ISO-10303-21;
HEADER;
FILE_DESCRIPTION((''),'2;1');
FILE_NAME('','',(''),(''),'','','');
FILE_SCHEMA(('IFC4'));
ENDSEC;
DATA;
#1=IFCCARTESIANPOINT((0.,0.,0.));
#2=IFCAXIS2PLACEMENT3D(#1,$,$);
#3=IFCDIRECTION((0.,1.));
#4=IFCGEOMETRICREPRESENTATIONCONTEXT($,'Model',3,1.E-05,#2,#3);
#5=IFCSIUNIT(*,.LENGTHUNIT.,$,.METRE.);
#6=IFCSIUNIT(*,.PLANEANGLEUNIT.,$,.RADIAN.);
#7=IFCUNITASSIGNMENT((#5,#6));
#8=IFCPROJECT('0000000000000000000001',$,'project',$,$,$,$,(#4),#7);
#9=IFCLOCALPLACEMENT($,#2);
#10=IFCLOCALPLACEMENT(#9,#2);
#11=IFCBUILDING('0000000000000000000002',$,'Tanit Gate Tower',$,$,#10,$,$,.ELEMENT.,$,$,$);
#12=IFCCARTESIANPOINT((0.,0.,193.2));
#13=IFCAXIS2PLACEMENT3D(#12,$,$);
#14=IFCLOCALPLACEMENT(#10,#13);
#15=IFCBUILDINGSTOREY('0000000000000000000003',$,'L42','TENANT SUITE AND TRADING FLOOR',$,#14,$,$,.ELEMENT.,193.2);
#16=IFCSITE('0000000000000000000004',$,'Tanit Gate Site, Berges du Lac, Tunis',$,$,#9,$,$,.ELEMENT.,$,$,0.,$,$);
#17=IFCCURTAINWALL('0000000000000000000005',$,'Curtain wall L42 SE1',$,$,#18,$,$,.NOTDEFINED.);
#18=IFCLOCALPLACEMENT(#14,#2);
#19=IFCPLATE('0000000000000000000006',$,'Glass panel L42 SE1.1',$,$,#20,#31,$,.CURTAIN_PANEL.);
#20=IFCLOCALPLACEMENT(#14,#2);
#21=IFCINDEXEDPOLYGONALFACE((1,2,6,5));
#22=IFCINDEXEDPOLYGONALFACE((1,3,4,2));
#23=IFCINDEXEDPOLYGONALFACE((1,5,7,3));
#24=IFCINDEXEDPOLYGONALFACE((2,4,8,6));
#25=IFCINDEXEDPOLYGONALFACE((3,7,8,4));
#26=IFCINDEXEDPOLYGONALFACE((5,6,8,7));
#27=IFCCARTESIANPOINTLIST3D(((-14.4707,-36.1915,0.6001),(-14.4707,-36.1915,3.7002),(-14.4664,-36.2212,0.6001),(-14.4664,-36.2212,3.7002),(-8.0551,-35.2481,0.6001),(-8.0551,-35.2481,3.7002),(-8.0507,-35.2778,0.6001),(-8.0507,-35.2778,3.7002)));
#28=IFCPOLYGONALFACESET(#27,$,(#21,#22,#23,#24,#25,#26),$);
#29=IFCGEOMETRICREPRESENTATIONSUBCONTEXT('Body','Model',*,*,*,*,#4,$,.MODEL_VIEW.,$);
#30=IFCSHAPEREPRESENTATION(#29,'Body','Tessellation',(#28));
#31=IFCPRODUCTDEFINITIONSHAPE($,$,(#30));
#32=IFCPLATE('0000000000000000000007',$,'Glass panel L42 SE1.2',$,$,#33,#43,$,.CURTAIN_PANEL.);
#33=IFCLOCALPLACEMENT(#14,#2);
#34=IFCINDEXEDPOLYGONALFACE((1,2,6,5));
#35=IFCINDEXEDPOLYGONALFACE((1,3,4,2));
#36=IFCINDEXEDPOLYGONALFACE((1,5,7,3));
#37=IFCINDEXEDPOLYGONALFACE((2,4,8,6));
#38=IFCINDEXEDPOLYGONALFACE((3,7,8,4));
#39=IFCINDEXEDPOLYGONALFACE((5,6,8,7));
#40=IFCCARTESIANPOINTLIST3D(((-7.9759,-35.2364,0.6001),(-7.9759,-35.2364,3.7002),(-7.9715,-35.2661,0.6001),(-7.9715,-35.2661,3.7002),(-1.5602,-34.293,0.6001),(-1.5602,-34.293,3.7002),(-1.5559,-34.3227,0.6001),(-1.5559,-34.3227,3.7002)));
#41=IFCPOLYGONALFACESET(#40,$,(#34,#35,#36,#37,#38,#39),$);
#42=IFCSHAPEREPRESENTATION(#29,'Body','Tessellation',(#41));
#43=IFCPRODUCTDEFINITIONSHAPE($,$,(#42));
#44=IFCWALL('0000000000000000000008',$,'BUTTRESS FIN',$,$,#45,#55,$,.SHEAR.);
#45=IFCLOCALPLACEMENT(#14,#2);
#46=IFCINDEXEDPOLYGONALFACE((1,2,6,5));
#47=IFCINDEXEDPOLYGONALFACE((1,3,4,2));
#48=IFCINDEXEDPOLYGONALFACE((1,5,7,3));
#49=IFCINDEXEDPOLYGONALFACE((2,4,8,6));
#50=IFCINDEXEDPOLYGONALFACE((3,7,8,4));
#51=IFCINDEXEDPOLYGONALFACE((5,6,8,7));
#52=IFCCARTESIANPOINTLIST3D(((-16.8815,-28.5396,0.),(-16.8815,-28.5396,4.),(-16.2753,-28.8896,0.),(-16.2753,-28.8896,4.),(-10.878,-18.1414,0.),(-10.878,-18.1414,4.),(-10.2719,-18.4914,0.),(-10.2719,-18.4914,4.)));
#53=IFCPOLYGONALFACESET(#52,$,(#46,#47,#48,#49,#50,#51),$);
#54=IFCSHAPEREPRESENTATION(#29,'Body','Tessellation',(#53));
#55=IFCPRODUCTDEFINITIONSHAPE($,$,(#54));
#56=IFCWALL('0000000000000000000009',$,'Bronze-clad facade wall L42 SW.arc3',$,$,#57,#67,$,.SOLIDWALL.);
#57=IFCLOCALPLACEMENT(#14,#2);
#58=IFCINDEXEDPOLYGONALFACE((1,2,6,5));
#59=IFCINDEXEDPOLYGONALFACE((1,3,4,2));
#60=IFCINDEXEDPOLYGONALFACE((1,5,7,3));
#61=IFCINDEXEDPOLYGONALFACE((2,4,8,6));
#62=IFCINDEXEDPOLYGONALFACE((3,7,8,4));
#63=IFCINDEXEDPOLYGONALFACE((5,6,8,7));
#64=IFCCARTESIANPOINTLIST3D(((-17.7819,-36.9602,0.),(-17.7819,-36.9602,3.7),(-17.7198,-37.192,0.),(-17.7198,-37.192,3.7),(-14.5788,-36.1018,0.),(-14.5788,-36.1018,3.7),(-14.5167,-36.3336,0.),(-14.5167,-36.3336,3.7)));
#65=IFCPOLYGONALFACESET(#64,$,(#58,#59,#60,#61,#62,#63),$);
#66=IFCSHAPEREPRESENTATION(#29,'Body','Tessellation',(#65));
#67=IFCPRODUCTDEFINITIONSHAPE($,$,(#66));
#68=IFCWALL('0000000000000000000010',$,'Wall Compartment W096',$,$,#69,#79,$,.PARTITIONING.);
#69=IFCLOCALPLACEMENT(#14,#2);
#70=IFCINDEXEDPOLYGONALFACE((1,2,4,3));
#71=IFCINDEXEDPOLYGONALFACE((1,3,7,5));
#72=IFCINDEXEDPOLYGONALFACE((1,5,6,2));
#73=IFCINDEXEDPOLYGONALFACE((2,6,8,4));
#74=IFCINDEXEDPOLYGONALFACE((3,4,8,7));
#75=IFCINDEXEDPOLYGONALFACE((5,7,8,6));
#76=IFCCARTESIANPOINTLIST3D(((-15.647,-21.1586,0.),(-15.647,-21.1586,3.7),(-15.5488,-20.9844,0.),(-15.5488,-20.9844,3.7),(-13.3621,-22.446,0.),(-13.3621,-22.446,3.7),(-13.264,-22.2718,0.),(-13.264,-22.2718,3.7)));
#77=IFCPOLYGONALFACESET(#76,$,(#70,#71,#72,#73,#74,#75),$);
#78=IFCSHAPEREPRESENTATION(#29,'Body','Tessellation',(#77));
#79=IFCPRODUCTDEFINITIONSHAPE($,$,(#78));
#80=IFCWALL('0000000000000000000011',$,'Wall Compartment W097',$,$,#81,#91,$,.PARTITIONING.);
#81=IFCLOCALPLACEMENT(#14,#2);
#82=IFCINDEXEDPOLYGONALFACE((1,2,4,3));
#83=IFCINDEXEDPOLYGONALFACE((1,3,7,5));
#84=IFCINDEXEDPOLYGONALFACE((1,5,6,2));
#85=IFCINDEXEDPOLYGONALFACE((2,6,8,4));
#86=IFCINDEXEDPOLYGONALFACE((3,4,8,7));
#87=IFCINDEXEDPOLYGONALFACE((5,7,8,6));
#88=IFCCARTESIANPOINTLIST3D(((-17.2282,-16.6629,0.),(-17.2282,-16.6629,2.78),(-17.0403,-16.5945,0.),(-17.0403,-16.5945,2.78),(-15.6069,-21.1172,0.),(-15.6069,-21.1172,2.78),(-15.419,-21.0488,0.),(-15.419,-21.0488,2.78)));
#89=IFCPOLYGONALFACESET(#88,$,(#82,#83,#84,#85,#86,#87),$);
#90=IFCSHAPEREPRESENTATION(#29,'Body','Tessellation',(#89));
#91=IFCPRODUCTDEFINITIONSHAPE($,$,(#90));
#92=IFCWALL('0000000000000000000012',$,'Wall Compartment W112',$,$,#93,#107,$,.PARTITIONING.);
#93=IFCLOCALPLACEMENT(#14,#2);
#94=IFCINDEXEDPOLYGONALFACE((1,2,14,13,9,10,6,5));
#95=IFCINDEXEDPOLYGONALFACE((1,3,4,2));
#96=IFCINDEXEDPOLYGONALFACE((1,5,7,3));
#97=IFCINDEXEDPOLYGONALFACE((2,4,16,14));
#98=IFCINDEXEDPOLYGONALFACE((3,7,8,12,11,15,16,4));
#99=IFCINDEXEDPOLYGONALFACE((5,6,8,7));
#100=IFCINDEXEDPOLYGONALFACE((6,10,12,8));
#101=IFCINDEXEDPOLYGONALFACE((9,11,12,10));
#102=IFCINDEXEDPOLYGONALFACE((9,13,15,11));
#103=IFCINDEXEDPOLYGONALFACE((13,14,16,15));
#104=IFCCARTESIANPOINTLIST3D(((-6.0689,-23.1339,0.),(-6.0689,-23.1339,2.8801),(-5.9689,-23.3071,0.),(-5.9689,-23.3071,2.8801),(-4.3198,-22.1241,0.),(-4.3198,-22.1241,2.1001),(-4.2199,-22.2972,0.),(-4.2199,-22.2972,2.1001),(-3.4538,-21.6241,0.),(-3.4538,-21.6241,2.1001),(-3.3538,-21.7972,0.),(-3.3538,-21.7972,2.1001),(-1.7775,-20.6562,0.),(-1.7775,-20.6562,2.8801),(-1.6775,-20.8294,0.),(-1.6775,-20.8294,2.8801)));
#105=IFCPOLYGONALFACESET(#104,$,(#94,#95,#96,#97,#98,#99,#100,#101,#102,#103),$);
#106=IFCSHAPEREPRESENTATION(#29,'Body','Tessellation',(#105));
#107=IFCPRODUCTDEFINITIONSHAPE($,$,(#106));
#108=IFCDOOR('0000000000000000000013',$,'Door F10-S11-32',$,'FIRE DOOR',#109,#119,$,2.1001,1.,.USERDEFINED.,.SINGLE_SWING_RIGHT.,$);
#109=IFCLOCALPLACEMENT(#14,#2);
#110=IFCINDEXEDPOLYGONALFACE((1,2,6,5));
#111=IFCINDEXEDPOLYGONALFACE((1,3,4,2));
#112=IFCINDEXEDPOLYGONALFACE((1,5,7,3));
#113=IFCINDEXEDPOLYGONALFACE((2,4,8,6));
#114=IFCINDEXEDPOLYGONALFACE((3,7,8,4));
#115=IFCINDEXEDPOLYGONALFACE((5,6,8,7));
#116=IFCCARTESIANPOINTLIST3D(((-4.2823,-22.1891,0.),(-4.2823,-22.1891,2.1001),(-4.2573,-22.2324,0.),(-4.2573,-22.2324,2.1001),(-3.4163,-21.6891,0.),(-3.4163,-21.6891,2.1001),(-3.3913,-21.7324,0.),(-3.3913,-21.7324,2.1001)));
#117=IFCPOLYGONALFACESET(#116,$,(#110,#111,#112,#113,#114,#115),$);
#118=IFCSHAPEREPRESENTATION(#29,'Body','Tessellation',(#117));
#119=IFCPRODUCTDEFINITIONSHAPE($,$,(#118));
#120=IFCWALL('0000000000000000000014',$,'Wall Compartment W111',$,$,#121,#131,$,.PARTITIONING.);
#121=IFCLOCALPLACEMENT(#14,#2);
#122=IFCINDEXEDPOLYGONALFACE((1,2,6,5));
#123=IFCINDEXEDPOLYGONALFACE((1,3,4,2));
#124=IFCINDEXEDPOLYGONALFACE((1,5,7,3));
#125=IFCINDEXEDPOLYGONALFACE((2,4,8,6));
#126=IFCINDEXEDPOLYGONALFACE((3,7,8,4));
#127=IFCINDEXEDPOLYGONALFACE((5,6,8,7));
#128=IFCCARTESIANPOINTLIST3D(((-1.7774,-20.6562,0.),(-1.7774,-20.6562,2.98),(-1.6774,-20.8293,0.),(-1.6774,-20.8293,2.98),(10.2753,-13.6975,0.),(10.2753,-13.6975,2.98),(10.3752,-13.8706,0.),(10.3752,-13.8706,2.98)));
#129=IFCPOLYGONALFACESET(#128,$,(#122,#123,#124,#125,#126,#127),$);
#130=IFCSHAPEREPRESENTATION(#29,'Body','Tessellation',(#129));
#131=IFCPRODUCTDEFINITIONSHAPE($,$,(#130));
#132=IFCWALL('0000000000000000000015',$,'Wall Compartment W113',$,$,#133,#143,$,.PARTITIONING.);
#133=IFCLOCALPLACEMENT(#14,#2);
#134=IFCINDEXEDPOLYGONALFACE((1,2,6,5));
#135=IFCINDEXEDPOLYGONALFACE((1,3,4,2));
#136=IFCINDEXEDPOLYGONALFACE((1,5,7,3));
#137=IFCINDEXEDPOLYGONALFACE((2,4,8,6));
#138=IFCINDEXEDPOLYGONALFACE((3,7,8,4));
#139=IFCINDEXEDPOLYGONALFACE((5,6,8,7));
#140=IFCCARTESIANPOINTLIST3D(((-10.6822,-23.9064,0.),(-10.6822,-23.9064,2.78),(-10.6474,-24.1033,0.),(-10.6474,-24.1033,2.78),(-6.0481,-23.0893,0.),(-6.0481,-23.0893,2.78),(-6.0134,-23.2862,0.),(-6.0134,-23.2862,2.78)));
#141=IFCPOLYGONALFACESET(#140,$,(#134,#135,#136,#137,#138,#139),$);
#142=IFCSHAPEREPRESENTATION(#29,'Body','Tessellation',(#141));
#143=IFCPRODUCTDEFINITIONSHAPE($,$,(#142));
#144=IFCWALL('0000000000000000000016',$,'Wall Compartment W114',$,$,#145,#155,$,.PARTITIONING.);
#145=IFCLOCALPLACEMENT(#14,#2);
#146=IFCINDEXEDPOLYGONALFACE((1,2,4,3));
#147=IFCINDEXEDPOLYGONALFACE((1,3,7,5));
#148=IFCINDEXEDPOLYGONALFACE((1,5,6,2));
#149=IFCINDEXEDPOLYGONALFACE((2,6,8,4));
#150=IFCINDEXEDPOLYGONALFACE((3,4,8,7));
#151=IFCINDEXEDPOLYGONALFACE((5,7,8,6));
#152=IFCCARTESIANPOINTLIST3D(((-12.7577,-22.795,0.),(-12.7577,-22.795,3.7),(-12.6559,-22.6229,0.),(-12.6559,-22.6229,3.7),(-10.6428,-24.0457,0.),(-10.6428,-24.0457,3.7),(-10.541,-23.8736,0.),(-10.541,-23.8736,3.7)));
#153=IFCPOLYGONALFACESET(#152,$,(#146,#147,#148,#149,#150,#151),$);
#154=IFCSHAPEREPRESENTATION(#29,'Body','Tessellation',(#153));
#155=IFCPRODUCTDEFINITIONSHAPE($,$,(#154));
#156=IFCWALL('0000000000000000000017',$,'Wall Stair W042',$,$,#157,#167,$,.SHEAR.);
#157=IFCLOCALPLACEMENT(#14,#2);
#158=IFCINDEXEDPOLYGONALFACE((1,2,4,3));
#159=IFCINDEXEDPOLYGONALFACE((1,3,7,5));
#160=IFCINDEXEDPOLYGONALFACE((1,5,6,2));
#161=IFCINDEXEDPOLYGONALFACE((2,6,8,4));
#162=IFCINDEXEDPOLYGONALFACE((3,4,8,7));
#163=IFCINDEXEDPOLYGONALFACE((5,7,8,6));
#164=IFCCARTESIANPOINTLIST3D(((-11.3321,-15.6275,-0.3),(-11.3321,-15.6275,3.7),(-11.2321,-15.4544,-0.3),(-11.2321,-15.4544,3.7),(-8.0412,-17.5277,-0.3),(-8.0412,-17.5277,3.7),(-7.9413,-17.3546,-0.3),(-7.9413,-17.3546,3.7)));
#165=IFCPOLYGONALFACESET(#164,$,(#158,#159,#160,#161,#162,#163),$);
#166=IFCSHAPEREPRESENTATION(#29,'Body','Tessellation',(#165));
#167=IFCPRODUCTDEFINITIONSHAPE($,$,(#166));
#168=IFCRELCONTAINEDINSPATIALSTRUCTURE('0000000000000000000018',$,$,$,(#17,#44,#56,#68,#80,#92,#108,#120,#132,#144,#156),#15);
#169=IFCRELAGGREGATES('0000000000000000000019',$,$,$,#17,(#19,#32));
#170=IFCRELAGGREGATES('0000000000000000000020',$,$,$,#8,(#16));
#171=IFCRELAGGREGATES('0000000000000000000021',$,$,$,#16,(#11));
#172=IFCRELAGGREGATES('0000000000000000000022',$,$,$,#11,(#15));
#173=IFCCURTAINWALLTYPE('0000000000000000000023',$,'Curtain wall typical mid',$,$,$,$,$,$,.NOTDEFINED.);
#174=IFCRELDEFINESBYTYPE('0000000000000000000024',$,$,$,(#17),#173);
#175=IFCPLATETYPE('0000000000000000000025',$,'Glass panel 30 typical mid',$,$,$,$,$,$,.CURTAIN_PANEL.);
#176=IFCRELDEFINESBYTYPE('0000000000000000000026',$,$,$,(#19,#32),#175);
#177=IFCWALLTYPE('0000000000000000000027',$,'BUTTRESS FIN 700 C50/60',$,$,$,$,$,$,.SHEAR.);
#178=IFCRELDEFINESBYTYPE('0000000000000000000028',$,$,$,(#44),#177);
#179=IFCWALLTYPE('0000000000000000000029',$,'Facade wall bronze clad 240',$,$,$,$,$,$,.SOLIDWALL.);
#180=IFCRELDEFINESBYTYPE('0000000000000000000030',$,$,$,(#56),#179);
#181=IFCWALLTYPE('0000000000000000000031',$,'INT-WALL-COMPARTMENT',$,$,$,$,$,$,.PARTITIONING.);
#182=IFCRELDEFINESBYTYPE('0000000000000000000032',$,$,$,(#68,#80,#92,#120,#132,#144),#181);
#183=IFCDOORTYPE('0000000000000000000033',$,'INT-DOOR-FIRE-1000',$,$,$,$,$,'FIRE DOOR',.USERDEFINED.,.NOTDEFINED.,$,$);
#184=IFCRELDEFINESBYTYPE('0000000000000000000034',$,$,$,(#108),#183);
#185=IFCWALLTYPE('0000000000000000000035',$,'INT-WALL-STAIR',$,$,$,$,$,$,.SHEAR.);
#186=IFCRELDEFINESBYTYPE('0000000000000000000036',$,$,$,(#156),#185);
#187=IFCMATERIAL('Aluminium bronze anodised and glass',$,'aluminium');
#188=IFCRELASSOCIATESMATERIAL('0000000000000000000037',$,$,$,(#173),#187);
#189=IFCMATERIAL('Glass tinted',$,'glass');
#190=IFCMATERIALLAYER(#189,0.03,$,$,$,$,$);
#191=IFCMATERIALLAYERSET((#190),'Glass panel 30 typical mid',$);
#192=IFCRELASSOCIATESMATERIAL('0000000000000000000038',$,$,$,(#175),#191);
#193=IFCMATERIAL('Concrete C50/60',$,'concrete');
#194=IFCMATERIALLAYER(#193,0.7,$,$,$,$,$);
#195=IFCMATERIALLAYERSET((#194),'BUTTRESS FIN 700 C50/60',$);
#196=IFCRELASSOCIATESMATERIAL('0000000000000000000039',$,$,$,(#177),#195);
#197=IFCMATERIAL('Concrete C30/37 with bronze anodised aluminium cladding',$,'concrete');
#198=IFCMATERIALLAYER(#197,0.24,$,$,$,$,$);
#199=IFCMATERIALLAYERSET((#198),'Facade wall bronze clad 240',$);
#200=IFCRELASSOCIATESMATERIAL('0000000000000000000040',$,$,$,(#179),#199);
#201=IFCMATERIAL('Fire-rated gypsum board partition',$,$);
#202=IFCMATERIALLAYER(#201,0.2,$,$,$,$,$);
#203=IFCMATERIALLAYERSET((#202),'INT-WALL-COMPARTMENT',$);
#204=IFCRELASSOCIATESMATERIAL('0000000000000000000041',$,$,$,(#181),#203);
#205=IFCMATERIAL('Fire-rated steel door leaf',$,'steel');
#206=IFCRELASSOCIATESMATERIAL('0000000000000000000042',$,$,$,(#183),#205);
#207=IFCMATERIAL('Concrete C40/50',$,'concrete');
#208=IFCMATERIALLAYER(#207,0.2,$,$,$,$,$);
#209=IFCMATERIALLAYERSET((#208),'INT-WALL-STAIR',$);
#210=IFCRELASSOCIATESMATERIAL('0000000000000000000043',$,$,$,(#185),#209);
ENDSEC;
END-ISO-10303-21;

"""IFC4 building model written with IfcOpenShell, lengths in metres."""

from ifc_helpers import new_model, si_unit, direction, frame, frame_2d, origin, origin_2d, place, context, subcontext, project, spatial, rectangle, extrude, material, layer, layer_set, type_object, element, fill, aggregate, save


model = new_model("IFC4")

# Units and contexts
model_context = context("Model", 3, precision=1e-05, world=origin(), true_north=direction((0.0, 1.0)))
body_context = subcontext(model_context, "Body", "Model", "MODEL_VIEW")
ifc_project = project(units=[si_unit("LENGTHUNIT", "METRE"), si_unit("PLANEANGLEUNIT", "RADIAN")], contexts=[model_context])

# Site, building, storey
site_placement = place(None, origin())
site = spatial("IfcSite", under=ifc_project, at=site_placement, Name="Tanit Gate Site, Berges du Lac, Tunis", CompositionType="ELEMENT", RefElevation=0.0)
building_placement = place(site_placement, origin())
building = spatial("IfcBuilding", under=site, at=building_placement, Name="Tanit Gate Tower", CompositionType="ELEMENT")
storey_placement = place(building_placement, frame((0.0, 0.0, 193.2)))
storey = spatial("IfcBuildingStorey", under=building, at=storey_placement, Name="L42", Description="TENANT SUITE AND TRADING FLOOR", CompositionType="ELEMENT", Elevation=193.2)

# Curtain wall
ifc_material_1 = material(Name="Aluminium bronze anodised and glass", Category="aluminium")
curtain_wall_type = type_object("IfcCurtainWallType", Name="Curtain wall typical mid", PredefinedType="NOTDEFINED", material=ifc_material_1)
curtain_wall_placement = place(storey_placement, origin())
curtain_wall = element("IfcCurtainWall", 1, at=curtain_wall_placement, inside=storey, type_object=curtain_wall_type, Name="Curtain wall L42 SE1", PredefinedType="NOTDEFINED")

# Plates
ifc_material_2 = material(Name="Glass tinted", Category="glass")
ifc_layer_1 = layer(ifc_material_2, 0.03)
ifc_layer_set_1 = layer_set([ifc_layer_1], Name="Glass panel 30 typical mid")
plate_type = type_object("IfcPlateType", Name="Glass panel 30 typical mid", PredefinedType="CURTAIN_PANEL", material=ifc_layer_set_1)
plate_1_placement = place(storey_placement, frame((-11.2607, -35.7346, 0.6001), z_axis=(0.0, 0.0, 1.0), x_axis=(0.98936, 0.145486, 0.0)))
plate_1 = element("IfcPlate", 2, at=plate_1_placement, type_object=plate_type, Name="Glass panel L42 SE1.1", PredefinedType="CURTAIN_PANEL", context=body_context, shape_type="SweptSolid", body=[
    extrude(rectangle(XDim=6.4846, YDim=0.03, at=origin_2d()), origin(), (0.0, 0.0, 1.0), 3.1001),
])
plate_2_placement = place(storey_placement, frame((-4.7659, -34.7795, 0.6001), z_axis=(0.0, 0.0, 1.0), x_axis=(0.98936, 0.145486, 0.0)))
plate_2 = element("IfcPlate", 3, at=plate_2_placement, type_object=plate_type, Name="Glass panel L42 SE1.2", PredefinedType="CURTAIN_PANEL", context=body_context, shape_type="SweptSolid", body=[
    extrude(rectangle(XDim=6.4846, YDim=0.03, at=origin_2d()), origin(), (0.0, 0.0, 1.0), 3.1001),
])
aggregate(curtain_wall, [plate_1, plate_2])

# Wall
ifc_material_3 = material(Name="Concrete C50/60", Category="concrete")
ifc_layer_2 = layer(ifc_material_3, 0.7)
ifc_layer_set_2 = layer_set([ifc_layer_2], Name="BUTTRESS FIN 700 C50/60")
wall_type_1 = type_object("IfcWallType", Name="BUTTRESS FIN 700 C50/60", PredefinedType="SHEAR", material=ifc_layer_set_2)
wall_1_placement = place(storey_placement, frame((-10.575, -18.3164, 0.0), z_axis=(0.0, 0.0, 1.0), x_axis=(-0.500001, -0.866025, 0.0)))
element("IfcWall", 4, at=wall_1_placement, inside=storey, type_object=wall_type_1, Name="BUTTRESS FIN", PredefinedType="SHEAR", context=body_context, shape_type="SweptSolid", body=[
    extrude(rectangle(XDim=12.0068, YDim=0.7, at=frame_2d((6.0034, 0.0))), origin(), (0.0, 0.0, 1.0), 4.0),
])

# Walls
ifc_material_4 = material(Name="Concrete C30/37 with bronze anodised aluminium cladding", Category="concrete")
ifc_layer_3 = layer(ifc_material_4, 0.24)
ifc_layer_set_3 = layer_set([ifc_layer_3], Name="Facade wall bronze clad 240")
wall_type_2 = type_object("IfcWallType", Name="Facade wall bronze clad 240", PredefinedType="SOLIDWALL", material=ifc_layer_set_3)
wall_2_placement = place(storey_placement, frame((-17.751, -37.0762, 0.0), z_axis=(0.0, 0.0, 1.0), x_axis=(0.965917, 0.258854, 0.0)))
element("IfcWall", 5, at=wall_2_placement, inside=storey, type_object=wall_type_2, Name="Bronze-clad facade wall L42 SW.arc3", PredefinedType="SOLIDWALL", context=body_context, shape_type="SweptSolid", body=[
    extrude(rectangle(XDim=3.3162, YDim=0.24, at=frame_2d((1.6582, 0.0))), origin(), (0.0, 0.0, 1.0), 3.7),
])
ifc_material_5 = material(Name="Fire-rated gypsum board partition")
ifc_layer_4 = layer(ifc_material_5, 0.2)
ifc_layer_set_4 = layer_set([ifc_layer_4], Name="INT-WALL-COMPARTMENT")
wall_type_3 = type_object("IfcWallType", Name="INT-WALL-COMPARTMENT", PredefinedType="PARTITIONING", material=ifc_layer_set_4)
wall_3_placement = place(storey_placement, frame((-15.5979, -21.0715, 0.0), z_axis=(0.0, 0.0, 1.0), x_axis=(0.871235, -0.490867, 0.0)))
element("IfcWall", 6, at=wall_3_placement, inside=storey, type_object=wall_type_3, Name="Wall Compartment W096", PredefinedType="PARTITIONING", context=body_context, shape_type="SweptSolid", body=[
    extrude(rectangle(XDim=2.6226, YDim=0.2, at=frame_2d((1.3113, 0.0))), origin(), (0.0, 0.0, 1.0), 3.7),
])
wall_4_placement = place(storey_placement, frame((-17.1343, -16.6287, 0.0), z_axis=(0.0, 0.0, 1.0), x_axis=(0.342037, -0.939687, 0.0)))
element("IfcWall", 7, at=wall_4_placement, inside=storey, type_object=wall_type_3, Name="Wall Compartment W097", PredefinedType="PARTITIONING", context=body_context, shape_type="SweptSolid", body=[
    extrude(rectangle(XDim=4.7402, YDim=0.2, at=frame_2d((2.3701, 0.0))), origin(), (0.0, 0.0, 1.0), 2.78),
])

# Wall, opening, door
wall_5_placement = place(storey_placement, frame((-6.0188, -23.2205, 0.0), z_axis=(0.0, 0.0, 1.0), x_axis=(0.866018, 0.500012, 0.0)))
wall_5 = element("IfcWall", 8, at=wall_5_placement, inside=storey, type_object=wall_type_3, Name="Wall Compartment W112", PredefinedType="PARTITIONING", context=body_context, shape_type="SweptSolid", body=[
    extrude(rectangle(XDim=4.9553, YDim=0.2, at=frame_2d((2.4775, 0.0))), origin(), (0.0, 0.0, 1.0), 2.8801),
])
opening_1_placement = place(wall_5_placement, frame((2.0195, 0.0, 0.0)))
opening_1 = element("IfcOpeningElement", 9, at=opening_1_placement, cuts=wall_5, PredefinedType="OPENING", context=body_context, shape_type="SweptSolid", body=[
    extrude(rectangle(XDim=1.0, YDim=2.1001, at=frame_2d((0.5, 1.05))), frame((0.0, 0.1099, 0.0), z_axis=(0.0, -1.0, 0.0), x_axis=(1.0, 0.0, 0.0)), (0.0, 0.0, 1.0), 0.22),
])
ifc_material_6 = material(Name="Fire-rated steel door leaf", Category="steel")
door_type_1 = type_object("IfcDoorType", Name="INT-DOOR-FIRE-1000", ElementType="FIRE DOOR", OperationType="NOTDEFINED", PredefinedType="USERDEFINED", material=ifc_material_6)
door_1_placement = place(opening_1_placement, origin())
door_1 = element("IfcDoor", 10, at=door_1_placement, inside=storey, type_object=door_type_1, Name="Door F10-S11-32", ObjectType="FIRE DOOR", OperationType="SINGLE_SWING_RIGHT", OverallHeight=2.1001, OverallWidth=1.0, PredefinedType="USERDEFINED", context=body_context, shape_type="SweptSolid", body=[
    extrude(rectangle(XDim=1.0, YDim=2.1001, at=frame_2d((0.5, 1.05))), frame((0.0, 0.0249, 0.0), z_axis=(0.0, -1.0, 0.0), x_axis=(1.0, 0.0, 0.0)), (0.0, 0.0, 1.0), 0.05),
])
fill(opening_1, door_1)

# Walls
wall_6_placement = place(storey_placement, frame((-1.7273, -20.7427, 0.0), z_axis=(0.0, 0.0, 1.0), x_axis=(0.866023, 0.500005, 0.0)))
element("IfcWall", 11, at=wall_6_placement, inside=storey, type_object=wall_type_3, Name="Wall Compartment W111", PredefinedType="PARTITIONING", context=body_context, shape_type="SweptSolid", body=[
    extrude(rectangle(XDim=13.9172, YDim=0.2, at=frame_2d((6.9585, 0.0))), origin(), (0.0, 0.0, 1.0), 2.98),
])
wall_7_placement = place(storey_placement, frame((-10.6648, -24.0049, 0.0), z_axis=(0.0, 0.0, 1.0), x_axis=(0.984807, 0.173655, 0.0)))
element("IfcWall", 12, at=wall_7_placement, inside=storey, type_object=wall_type_3, Name="Wall Compartment W113", PredefinedType="PARTITIONING", context=body_context, shape_type="SweptSolid", body=[
    extrude(rectangle(XDim=4.7056, YDim=0.2, at=frame_2d((2.3528, 0.0))), origin(), (0.0, 0.0, 1.0), 2.78),
])
wall_8_placement = place(storey_placement, frame((-12.7068, -22.709, 0.0), z_axis=(0.0, 0.0, 1.0), x_axis=(0.860754, -0.509021, 0.0)))
element("IfcWall", 13, at=wall_8_placement, inside=storey, type_object=wall_type_3, Name="Wall Compartment W114", PredefinedType="PARTITIONING", context=body_context, shape_type="SweptSolid", body=[
    extrude(rectangle(XDim=2.457, YDim=0.2, at=frame_2d((1.2285, 0.0))), origin(), (0.0, 0.0, 1.0), 3.7),
])
ifc_material_7 = material(Name="Concrete C40/50", Category="concrete")
ifc_layer_5 = layer(ifc_material_7, 0.2)
ifc_layer_set_5 = layer_set([ifc_layer_5], Name="INT-WALL-STAIR")
wall_type_4 = type_object("IfcWallType", Name="INT-WALL-STAIR", PredefinedType="SHEAR", material=ifc_layer_set_5)
wall_9_placement = place(storey_placement, frame((-11.282, -15.541, -0.3), z_axis=(0.0, 0.0, 1.0), x_axis=(0.866, -0.500043, 0.0)))
element("IfcWall", 14, at=wall_9_placement, inside=storey, type_object=wall_type_4, Name="Wall Stair W042", PredefinedType="SHEAR", context=body_context, shape_type="SweptSolid", body=[
    extrude(rectangle(XDim=3.8, YDim=0.2, at=frame_2d((1.8999, 0.0))), origin(), (0.0, 0.0, 1.0), 4.0),
])

save(model, "model.ifc")
